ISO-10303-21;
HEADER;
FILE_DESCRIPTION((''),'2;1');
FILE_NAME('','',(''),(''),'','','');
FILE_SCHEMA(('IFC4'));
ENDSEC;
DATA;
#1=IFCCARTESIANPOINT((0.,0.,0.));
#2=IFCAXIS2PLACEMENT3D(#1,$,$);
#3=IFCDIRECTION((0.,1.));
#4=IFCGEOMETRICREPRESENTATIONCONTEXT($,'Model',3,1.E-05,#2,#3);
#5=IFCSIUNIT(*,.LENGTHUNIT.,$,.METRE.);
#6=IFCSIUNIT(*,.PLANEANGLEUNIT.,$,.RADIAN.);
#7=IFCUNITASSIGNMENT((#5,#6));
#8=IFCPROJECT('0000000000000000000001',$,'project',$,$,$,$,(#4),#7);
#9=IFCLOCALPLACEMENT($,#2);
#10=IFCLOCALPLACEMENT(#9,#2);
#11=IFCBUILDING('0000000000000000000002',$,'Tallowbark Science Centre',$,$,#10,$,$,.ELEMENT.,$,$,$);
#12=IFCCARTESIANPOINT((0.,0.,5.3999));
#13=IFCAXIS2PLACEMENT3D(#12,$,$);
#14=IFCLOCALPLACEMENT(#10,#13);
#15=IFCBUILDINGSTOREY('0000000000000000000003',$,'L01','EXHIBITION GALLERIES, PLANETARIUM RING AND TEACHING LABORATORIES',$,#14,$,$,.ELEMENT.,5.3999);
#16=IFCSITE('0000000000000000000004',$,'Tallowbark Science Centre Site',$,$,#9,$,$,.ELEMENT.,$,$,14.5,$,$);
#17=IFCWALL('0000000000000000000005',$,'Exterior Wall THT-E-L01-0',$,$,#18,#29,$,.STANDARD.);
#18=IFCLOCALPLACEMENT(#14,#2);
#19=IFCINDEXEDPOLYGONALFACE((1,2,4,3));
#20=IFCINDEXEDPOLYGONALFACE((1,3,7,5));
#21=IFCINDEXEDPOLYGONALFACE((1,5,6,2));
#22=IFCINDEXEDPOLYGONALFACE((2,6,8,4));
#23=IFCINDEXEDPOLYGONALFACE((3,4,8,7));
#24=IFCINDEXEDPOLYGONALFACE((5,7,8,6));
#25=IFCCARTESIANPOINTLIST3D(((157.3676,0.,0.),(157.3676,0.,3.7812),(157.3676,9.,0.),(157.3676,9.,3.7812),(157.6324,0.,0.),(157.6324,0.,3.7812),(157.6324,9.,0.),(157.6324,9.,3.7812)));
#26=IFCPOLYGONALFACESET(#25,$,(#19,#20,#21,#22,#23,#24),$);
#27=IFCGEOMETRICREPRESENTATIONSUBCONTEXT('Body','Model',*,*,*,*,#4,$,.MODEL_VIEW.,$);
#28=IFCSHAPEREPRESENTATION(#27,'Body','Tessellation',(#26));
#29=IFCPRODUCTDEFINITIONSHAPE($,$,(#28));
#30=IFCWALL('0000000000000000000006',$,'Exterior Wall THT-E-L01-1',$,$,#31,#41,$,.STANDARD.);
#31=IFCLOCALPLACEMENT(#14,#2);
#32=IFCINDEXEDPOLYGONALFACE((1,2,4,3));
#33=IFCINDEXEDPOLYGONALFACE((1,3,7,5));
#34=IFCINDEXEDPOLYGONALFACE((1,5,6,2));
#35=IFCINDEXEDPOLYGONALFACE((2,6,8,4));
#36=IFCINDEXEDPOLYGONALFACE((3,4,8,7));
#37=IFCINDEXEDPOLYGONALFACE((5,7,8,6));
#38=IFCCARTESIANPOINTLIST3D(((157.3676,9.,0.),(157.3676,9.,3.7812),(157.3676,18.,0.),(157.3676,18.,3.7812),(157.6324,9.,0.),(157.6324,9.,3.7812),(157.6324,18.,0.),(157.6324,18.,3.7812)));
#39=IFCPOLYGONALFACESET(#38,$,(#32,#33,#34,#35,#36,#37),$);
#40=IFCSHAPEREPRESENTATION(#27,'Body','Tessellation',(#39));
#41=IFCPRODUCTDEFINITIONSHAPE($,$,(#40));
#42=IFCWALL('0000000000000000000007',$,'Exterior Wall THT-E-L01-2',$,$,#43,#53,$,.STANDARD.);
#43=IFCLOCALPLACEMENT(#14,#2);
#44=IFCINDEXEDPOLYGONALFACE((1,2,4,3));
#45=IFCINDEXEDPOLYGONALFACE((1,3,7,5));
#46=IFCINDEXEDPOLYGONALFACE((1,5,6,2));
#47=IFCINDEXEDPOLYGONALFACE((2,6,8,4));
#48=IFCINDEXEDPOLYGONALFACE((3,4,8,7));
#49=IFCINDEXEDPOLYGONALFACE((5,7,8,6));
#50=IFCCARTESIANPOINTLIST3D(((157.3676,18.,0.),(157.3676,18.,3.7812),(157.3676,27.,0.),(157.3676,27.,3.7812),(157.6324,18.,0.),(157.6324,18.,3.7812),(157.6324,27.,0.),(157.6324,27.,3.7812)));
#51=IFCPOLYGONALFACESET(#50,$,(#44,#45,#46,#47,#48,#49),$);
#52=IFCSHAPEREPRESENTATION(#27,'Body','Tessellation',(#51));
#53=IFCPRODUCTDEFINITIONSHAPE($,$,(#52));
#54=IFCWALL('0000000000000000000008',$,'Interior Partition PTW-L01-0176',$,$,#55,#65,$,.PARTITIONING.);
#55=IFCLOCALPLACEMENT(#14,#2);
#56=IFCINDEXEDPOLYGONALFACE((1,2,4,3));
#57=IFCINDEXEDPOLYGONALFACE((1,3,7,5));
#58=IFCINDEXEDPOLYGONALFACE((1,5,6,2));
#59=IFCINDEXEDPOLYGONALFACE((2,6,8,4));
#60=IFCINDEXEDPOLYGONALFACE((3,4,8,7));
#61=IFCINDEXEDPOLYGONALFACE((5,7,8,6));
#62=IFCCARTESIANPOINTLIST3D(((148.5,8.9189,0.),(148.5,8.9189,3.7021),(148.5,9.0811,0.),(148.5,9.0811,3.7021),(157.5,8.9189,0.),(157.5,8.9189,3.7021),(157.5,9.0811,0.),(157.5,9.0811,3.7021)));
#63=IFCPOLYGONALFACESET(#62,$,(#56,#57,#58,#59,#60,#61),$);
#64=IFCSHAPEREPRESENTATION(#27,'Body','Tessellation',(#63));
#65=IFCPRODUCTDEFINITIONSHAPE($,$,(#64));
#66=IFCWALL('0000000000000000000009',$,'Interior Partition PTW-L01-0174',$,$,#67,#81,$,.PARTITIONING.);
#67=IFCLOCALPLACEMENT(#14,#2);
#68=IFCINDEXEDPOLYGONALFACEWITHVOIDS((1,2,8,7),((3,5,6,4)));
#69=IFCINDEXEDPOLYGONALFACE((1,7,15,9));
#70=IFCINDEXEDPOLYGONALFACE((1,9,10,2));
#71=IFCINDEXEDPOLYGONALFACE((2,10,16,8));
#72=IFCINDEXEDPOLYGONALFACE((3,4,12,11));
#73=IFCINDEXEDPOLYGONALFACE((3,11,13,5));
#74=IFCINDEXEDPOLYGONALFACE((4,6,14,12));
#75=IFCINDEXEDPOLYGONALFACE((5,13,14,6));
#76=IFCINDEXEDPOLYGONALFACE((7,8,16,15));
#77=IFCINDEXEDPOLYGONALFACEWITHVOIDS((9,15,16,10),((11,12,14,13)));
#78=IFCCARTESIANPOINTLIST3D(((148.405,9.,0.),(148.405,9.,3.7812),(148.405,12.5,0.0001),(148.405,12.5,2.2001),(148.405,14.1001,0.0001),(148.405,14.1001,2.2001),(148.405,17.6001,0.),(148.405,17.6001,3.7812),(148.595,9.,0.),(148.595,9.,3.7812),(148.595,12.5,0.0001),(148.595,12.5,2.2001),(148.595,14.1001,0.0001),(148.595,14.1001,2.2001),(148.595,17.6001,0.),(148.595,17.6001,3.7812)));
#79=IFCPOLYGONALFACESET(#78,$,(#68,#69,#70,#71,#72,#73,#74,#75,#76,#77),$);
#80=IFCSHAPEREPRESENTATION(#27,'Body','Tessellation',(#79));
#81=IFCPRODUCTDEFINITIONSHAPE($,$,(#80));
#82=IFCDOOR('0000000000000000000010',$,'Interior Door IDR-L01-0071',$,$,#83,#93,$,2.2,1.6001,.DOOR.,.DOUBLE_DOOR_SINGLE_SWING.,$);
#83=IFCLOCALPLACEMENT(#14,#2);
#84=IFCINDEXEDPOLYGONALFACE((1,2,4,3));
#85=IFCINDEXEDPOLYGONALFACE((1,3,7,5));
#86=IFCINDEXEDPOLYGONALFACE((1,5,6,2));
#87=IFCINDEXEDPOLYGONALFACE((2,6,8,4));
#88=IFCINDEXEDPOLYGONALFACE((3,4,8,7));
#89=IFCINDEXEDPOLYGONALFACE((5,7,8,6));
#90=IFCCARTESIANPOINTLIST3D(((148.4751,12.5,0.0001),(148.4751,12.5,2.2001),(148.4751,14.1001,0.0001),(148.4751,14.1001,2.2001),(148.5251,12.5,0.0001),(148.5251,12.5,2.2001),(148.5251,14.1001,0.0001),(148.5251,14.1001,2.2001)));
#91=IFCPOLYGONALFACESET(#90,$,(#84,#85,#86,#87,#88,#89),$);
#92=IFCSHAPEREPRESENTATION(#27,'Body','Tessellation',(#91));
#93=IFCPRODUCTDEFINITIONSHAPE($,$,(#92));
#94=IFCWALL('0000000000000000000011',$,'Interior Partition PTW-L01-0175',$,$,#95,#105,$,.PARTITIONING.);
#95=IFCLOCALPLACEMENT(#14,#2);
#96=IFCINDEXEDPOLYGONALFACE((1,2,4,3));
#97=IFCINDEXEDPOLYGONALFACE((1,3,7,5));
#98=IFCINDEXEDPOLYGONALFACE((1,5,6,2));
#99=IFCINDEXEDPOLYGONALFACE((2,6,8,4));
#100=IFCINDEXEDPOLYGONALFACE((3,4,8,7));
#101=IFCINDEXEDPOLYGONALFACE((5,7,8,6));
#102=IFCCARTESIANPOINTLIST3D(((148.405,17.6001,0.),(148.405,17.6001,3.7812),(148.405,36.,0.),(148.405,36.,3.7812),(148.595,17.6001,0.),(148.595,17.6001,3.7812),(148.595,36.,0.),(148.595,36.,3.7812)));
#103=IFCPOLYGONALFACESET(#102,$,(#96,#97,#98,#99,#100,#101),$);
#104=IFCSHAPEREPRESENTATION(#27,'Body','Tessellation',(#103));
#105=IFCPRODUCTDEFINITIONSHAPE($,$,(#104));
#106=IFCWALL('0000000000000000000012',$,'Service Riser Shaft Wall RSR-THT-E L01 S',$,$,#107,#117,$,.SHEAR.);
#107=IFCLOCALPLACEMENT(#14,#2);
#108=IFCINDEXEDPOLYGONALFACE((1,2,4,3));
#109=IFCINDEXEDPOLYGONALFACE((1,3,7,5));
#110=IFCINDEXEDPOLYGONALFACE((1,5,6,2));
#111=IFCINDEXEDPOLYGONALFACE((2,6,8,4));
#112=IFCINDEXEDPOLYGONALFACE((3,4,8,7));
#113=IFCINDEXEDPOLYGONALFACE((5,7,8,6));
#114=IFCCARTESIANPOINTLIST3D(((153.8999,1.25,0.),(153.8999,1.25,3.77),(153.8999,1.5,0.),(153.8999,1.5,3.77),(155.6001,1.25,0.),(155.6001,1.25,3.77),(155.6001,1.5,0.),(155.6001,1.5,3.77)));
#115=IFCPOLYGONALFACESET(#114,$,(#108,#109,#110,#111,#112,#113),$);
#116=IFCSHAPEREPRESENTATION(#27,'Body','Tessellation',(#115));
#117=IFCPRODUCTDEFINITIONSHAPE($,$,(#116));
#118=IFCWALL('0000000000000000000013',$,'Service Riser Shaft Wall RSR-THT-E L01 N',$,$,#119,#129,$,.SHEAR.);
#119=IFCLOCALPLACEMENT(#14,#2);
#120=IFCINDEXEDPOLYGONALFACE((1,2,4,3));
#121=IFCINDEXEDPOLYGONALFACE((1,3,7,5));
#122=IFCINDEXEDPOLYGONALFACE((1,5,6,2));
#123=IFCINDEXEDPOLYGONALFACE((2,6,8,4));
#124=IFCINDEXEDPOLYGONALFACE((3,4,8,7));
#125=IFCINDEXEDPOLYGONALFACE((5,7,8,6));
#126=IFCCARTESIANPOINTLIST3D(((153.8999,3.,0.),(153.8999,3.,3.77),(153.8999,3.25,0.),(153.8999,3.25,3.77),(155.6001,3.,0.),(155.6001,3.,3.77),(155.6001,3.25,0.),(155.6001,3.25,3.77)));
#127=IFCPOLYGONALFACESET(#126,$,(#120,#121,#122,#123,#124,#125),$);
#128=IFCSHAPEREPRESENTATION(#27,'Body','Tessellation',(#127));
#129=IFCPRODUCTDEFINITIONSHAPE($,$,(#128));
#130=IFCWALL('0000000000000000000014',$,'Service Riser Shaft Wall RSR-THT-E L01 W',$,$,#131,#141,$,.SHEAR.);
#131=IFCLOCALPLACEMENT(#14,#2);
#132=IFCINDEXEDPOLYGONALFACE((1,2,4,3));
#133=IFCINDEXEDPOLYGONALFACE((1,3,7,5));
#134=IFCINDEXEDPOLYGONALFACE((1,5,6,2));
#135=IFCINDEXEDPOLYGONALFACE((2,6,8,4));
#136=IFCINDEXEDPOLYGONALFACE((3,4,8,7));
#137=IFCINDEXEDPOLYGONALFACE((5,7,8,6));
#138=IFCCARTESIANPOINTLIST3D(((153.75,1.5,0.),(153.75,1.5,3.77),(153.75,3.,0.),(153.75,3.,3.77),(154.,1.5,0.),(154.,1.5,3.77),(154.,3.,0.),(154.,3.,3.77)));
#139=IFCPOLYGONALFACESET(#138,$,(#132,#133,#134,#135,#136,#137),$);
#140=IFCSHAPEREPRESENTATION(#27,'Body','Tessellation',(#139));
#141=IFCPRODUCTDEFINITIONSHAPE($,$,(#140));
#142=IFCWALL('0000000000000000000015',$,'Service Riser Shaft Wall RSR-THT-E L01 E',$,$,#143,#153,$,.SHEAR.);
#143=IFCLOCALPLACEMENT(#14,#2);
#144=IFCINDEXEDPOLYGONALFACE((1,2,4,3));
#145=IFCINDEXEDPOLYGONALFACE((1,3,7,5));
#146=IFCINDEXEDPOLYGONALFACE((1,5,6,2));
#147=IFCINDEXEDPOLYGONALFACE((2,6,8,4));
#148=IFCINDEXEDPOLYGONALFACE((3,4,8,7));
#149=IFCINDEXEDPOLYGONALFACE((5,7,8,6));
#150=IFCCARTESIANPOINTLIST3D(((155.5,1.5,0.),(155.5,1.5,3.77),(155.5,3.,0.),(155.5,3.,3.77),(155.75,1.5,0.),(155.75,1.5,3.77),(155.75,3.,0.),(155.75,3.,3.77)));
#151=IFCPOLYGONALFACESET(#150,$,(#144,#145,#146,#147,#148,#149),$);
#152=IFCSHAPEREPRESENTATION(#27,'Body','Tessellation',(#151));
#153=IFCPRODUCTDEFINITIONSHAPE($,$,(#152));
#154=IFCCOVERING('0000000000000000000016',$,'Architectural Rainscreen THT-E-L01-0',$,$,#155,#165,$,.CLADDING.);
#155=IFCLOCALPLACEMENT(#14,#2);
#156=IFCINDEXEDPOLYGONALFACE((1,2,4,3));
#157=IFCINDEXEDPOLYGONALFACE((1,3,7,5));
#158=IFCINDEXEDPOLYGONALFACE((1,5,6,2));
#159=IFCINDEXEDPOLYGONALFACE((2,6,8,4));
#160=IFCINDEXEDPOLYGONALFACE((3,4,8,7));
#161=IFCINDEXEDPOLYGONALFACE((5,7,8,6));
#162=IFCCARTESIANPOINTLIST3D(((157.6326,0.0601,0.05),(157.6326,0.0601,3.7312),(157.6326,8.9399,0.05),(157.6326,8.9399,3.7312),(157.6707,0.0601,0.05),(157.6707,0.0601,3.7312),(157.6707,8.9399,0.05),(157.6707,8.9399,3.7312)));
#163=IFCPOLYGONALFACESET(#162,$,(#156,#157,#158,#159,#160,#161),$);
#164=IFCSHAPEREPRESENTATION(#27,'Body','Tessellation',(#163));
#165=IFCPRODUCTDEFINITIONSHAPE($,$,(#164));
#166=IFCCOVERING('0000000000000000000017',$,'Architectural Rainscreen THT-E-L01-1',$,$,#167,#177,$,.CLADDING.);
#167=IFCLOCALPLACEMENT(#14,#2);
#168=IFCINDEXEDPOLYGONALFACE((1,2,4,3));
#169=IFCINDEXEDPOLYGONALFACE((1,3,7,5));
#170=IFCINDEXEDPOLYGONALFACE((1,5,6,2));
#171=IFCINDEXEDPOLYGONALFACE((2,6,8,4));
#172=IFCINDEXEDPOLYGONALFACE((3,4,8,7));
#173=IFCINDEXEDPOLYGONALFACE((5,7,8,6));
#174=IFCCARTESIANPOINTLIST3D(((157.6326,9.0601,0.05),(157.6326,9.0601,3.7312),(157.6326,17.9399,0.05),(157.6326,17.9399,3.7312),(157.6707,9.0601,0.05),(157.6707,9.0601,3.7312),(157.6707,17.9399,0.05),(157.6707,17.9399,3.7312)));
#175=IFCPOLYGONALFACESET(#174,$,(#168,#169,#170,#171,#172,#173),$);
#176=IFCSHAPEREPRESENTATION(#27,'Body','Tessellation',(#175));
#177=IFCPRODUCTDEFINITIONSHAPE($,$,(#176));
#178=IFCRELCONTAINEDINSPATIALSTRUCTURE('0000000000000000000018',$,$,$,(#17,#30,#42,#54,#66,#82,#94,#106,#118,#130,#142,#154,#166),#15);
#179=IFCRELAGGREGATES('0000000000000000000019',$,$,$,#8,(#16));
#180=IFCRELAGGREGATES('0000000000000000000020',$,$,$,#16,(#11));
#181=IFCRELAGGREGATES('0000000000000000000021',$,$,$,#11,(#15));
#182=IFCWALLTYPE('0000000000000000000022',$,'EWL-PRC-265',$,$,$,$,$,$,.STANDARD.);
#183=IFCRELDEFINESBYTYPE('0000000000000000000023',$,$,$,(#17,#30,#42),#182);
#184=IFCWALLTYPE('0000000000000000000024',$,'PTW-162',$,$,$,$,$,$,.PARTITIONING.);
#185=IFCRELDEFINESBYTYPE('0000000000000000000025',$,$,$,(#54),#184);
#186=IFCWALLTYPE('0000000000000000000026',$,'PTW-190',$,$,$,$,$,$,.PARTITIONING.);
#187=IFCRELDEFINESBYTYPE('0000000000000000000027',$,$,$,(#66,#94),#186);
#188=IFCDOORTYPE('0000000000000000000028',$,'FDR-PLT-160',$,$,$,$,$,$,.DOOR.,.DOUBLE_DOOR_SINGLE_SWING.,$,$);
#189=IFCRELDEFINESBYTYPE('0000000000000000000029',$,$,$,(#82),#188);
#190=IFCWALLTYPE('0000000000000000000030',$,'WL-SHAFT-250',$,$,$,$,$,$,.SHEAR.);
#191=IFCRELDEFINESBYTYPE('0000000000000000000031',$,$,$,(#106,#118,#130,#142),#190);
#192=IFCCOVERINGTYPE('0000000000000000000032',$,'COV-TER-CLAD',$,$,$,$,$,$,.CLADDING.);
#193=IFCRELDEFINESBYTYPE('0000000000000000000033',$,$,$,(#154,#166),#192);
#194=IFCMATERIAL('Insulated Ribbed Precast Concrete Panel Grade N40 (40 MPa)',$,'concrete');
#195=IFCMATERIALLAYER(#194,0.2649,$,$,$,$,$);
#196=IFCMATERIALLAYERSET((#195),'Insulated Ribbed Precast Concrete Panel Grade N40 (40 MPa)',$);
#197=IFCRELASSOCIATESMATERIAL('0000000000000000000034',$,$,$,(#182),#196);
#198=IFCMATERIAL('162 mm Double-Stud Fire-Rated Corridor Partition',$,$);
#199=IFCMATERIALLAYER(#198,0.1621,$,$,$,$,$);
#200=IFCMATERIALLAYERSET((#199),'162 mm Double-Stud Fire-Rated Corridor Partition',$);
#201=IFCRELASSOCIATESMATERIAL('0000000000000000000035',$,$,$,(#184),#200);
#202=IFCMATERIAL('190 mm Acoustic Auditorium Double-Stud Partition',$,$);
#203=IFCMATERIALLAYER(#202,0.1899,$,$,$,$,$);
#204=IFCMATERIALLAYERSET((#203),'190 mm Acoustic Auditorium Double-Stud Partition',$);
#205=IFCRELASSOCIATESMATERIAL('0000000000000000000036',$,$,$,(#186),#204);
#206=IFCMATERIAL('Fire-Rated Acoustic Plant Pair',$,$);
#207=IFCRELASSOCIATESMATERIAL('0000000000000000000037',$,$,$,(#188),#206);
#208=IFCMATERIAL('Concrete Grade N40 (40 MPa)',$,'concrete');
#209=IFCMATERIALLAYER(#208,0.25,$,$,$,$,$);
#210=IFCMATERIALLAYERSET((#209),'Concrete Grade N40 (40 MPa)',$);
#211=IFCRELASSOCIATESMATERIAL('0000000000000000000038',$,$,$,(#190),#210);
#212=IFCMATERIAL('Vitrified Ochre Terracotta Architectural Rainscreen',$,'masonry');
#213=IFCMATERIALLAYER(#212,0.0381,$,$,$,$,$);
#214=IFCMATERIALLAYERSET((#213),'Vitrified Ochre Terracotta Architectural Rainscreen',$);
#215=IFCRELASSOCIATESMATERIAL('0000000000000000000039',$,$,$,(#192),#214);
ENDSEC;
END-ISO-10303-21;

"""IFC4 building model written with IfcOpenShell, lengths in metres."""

from ifc_helpers import new_model, si_unit, direction, frame, frame_2d, origin, origin_2d, place, context, subcontext, project, spatial, rectangle, extrude, material, layer, layer_set, type_object, element, fill, save


model = new_model("IFC4")

# Units and contexts
model_context = context("Model", 3, precision=1e-05, world=origin(), true_north=direction((0.0, 1.0)))
body_context = subcontext(model_context, "Body", "Model", "MODEL_VIEW")
ifc_project = project(units=[si_unit("LENGTHUNIT", "METRE"), si_unit("PLANEANGLEUNIT", "RADIAN")], contexts=[model_context])

# Site, building, storey
site_placement = place(None, origin())
site = spatial("IfcSite", under=ifc_project, at=site_placement, Name="Tallowbark Science Centre Site", CompositionType="ELEMENT", RefElevation=14.5)
building_placement = place(site_placement, origin())
building = spatial("IfcBuilding", under=site, at=building_placement, Name="Tallowbark Science Centre", CompositionType="ELEMENT")
storey_placement = place(building_placement, frame((0.0, 0.0, 5.3999)))
storey = spatial("IfcBuildingStorey", under=building, at=storey_placement, Name="L01", Description="EXHIBITION GALLERIES, PLANETARIUM RING AND TEACHING LABORATORIES", CompositionType="ELEMENT", Elevation=5.3999)

# Walls
ifc_material_1 = material(Name="Insulated Ribbed Precast Concrete Panel Grade N40 (40 MPa)", Category="concrete")
ifc_layer_1 = layer(ifc_material_1, 0.2649)
ifc_layer_set_1 = layer_set([ifc_layer_1], Name="Insulated Ribbed Precast Concrete Panel Grade N40 (40 MPa)")
wall_type_1 = type_object("IfcWallType", Name="EWL-PRC-265", PredefinedType="STANDARD", material=ifc_layer_set_1)
for number, where, z_axis, x_axis, name in (
    (1, (157.5, 0.0, 0.0), (0.0, 0.0, 1.0), (0.0, 1.0, 0.0), "Exterior Wall THT-E-L01-0"),
    (2, (157.5, 9.0, 0.0), (0.0, 0.0, 1.0), (0.0, 1.0, 0.0), "Exterior Wall THT-E-L01-1"),
    (3, (157.5, 18.0, 0.0), (0.0, 0.0, 1.0), (0.0, 1.0, 0.0), "Exterior Wall THT-E-L01-2"),
):
    element("IfcWall", number, at=place(storey_placement, frame(where, z_axis=z_axis, x_axis=x_axis)), inside=storey, type_object=wall_type_1, Name=name, PredefinedType="STANDARD", context=body_context, shape_type="SweptSolid", body=[
        extrude(rectangle(XDim=9.0, YDim=0.2649, at=frame_2d((4.5, 0.0))), origin(), (0.0, 0.0, 1.0), 3.7812),
    ])
ifc_material_2 = material(Name="162 mm Double-Stud Fire-Rated Corridor Partition")
ifc_layer_2 = layer(ifc_material_2, 0.1621)
ifc_layer_set_2 = layer_set([ifc_layer_2], Name="162 mm Double-Stud Fire-Rated Corridor Partition")
wall_type_2 = type_object("IfcWallType", Name="PTW-162", PredefinedType="PARTITIONING", material=ifc_layer_set_2)
wall_1_placement = place(storey_placement, frame((148.5, 9.0, 0.0), z_axis=(0.0, 0.0, 1.0), x_axis=(1.0, 0.0, 0.0)))
element("IfcWall", 4, at=wall_1_placement, inside=storey, type_object=wall_type_2, Name="Interior Partition PTW-L01-0176", PredefinedType="PARTITIONING", context=body_context, shape_type="SweptSolid", body=[
    extrude(rectangle(XDim=9.0, YDim=0.1621, at=frame_2d((4.5, 0.0))), origin(), (0.0, 0.0, 1.0), 3.7021),
])

# Wall, opening, door
ifc_material_3 = material(Name="190 mm Acoustic Auditorium Double-Stud Partition")
ifc_layer_3 = layer(ifc_material_3, 0.1899)
ifc_layer_set_3 = layer_set([ifc_layer_3], Name="190 mm Acoustic Auditorium Double-Stud Partition")
wall_type_3 = type_object("IfcWallType", Name="PTW-190", PredefinedType="PARTITIONING", material=ifc_layer_set_3)
wall_2_placement = place(storey_placement, frame((148.5, 9.0, 0.0), z_axis=(0.0, 0.0, 1.0), x_axis=(0.0, 1.0, 0.0)))
wall_2 = element("IfcWall", 5, at=wall_2_placement, inside=storey, type_object=wall_type_3, Name="Interior Partition PTW-L01-0174", PredefinedType="PARTITIONING", context=body_context, shape_type="SweptSolid", body=[
    extrude(rectangle(XDim=8.6001, YDim=0.1899, at=frame_2d((4.3, 0.0))), origin(), (0.0, 0.0, 1.0), 3.7812),
])
opening_placement = place(wall_2_placement, frame((3.5, 0.0, 0.0)))
opening = element("IfcOpeningElement", 6, at=opening_placement, cuts=wall_2, PredefinedType="OPENING", context=body_context, shape_type="SweptSolid", body=[
    extrude(rectangle(XDim=1.6001, YDim=2.2, at=frame_2d((0.8, 1.1001))), frame((0.0, 0.105, 0.0), z_axis=(0.0, -1.0, 0.0), x_axis=(1.0, 0.0, 0.0)), (0.0, 0.0, 1.0), 0.21),
])
ifc_material_4 = material(Name="Fire-Rated Acoustic Plant Pair")
door_type = type_object("IfcDoorType", Name="FDR-PLT-160", OperationType="DOUBLE_DOOR_SINGLE_SWING", PredefinedType="DOOR", material=ifc_material_4)
door_placement = place(opening_placement, origin())
door = element("IfcDoor", 7, at=door_placement, inside=storey, type_object=door_type, Name="Interior Door IDR-L01-0071", OperationType="DOUBLE_DOOR_SINGLE_SWING", OverallHeight=2.2, OverallWidth=1.6001, PredefinedType="DOOR", context=body_context, shape_type="SweptSolid", body=[
    extrude(rectangle(XDim=1.6001, YDim=2.2, at=frame_2d((0.8, 1.1001))), frame((0.0, 0.0249, 0.0), z_axis=(0.0, -1.0, 0.0), x_axis=(1.0, 0.0, 0.0)), (0.0, 0.0, 1.0), 0.05),
])
fill(opening, door)

# Walls
wall_3_placement = place(storey_placement, frame((148.5, 17.6001, 0.0), z_axis=(0.0, 0.0, 1.0), x_axis=(0.0, 1.0, 0.0)))
element("IfcWall", 8, at=wall_3_placement, inside=storey, type_object=wall_type_3, Name="Interior Partition PTW-L01-0175", PredefinedType="PARTITIONING", context=body_context, shape_type="SweptSolid", body=[
    extrude(rectangle(XDim=18.3999, YDim=0.1899, at=frame_2d((9.2, 0.0))), origin(), (0.0, 0.0, 1.0), 3.7812),
])
ifc_material_5 = material(Name="Concrete Grade N40 (40 MPa)", Category="concrete")
ifc_layer_4 = layer(ifc_material_5, 0.25)
ifc_layer_set_4 = layer_set([ifc_layer_4], Name="Concrete Grade N40 (40 MPa)")
wall_type_4 = type_object("IfcWallType", Name="WL-SHAFT-250", PredefinedType="SHEAR", material=ifc_layer_set_4)
for number, where, z_axis, x_axis, name in (
    (9, (153.8999, 1.375, 0.0), (0.0, 0.0, 1.0), (1.0, 0.0, 0.0), "Service Riser Shaft Wall RSR-THT-E L01 S"),
    (10, (153.8999, 3.125, 0.0), (0.0, 0.0, 1.0), (1.0, 0.0, 0.0), "Service Riser Shaft Wall RSR-THT-E L01 N"),
):
    element("IfcWall", number, at=place(storey_placement, frame(where, z_axis=z_axis, x_axis=x_axis)), inside=storey, type_object=wall_type_4, Name=name, PredefinedType="SHEAR", context=body_context, shape_type="SweptSolid", body=[
        extrude(rectangle(XDim=1.7002, YDim=0.25, at=frame_2d((0.8501, 0.0))), origin(), (0.0, 0.0, 1.0), 3.77),
    ])
for number, where, z_axis, x_axis, name in (
    (11, (153.875, 1.5, 0.0), (0.0, 0.0, 1.0), (0.0, 1.0, 0.0), "Service Riser Shaft Wall RSR-THT-E L01 W"),
    (12, (155.625, 1.5, 0.0), (0.0, 0.0, 1.0), (0.0, 1.0, 0.0), "Service Riser Shaft Wall RSR-THT-E L01 E"),
):
    element("IfcWall", number, at=place(storey_placement, frame(where, z_axis=z_axis, x_axis=x_axis)), inside=storey, type_object=wall_type_4, Name=name, PredefinedType="SHEAR", context=body_context, shape_type="SweptSolid", body=[
        extrude(rectangle(XDim=1.5, YDim=0.25, at=frame_2d((0.75, 0.0))), origin(), (0.0, 0.0, 1.0), 3.77),
    ])

# Coverings
ifc_material_6 = material(Name="Vitrified Ochre Terracotta Architectural Rainscreen", Category="masonry")
ifc_layer_5 = layer(ifc_material_6, 0.0381)
ifc_layer_set_5 = layer_set([ifc_layer_5], Name="Vitrified Ochre Terracotta Architectural Rainscreen")
covering_type = type_object("IfcCoveringType", Name="COV-TER-CLAD", PredefinedType="CLADDING", material=ifc_layer_set_5)
for number, where, z_axis, x_axis, name in (
    (13, (157.6516, 4.5, 0.05), (0.0, 0.0, 1.0), (0.0, 1.0, 0.0), "Architectural Rainscreen THT-E-L01-0"),
    (14, (157.6516, 13.5, 0.05), (0.0, 0.0, 1.0), (0.0, 1.0, 0.0), "Architectural Rainscreen THT-E-L01-1"),
):
    element("IfcCovering", number, at=place(storey_placement, frame(where, z_axis=z_axis, x_axis=x_axis)), inside=storey, type_object=covering_type, Name=name, PredefinedType="CLADDING", context=body_context, shape_type="SweptSolid", body=[
        extrude(rectangle(XDim=8.8799, YDim=0.0381, at=origin_2d()), origin(), (0.0, 0.0, 1.0), 3.6812),
    ])

save(model, "model.ifc")
